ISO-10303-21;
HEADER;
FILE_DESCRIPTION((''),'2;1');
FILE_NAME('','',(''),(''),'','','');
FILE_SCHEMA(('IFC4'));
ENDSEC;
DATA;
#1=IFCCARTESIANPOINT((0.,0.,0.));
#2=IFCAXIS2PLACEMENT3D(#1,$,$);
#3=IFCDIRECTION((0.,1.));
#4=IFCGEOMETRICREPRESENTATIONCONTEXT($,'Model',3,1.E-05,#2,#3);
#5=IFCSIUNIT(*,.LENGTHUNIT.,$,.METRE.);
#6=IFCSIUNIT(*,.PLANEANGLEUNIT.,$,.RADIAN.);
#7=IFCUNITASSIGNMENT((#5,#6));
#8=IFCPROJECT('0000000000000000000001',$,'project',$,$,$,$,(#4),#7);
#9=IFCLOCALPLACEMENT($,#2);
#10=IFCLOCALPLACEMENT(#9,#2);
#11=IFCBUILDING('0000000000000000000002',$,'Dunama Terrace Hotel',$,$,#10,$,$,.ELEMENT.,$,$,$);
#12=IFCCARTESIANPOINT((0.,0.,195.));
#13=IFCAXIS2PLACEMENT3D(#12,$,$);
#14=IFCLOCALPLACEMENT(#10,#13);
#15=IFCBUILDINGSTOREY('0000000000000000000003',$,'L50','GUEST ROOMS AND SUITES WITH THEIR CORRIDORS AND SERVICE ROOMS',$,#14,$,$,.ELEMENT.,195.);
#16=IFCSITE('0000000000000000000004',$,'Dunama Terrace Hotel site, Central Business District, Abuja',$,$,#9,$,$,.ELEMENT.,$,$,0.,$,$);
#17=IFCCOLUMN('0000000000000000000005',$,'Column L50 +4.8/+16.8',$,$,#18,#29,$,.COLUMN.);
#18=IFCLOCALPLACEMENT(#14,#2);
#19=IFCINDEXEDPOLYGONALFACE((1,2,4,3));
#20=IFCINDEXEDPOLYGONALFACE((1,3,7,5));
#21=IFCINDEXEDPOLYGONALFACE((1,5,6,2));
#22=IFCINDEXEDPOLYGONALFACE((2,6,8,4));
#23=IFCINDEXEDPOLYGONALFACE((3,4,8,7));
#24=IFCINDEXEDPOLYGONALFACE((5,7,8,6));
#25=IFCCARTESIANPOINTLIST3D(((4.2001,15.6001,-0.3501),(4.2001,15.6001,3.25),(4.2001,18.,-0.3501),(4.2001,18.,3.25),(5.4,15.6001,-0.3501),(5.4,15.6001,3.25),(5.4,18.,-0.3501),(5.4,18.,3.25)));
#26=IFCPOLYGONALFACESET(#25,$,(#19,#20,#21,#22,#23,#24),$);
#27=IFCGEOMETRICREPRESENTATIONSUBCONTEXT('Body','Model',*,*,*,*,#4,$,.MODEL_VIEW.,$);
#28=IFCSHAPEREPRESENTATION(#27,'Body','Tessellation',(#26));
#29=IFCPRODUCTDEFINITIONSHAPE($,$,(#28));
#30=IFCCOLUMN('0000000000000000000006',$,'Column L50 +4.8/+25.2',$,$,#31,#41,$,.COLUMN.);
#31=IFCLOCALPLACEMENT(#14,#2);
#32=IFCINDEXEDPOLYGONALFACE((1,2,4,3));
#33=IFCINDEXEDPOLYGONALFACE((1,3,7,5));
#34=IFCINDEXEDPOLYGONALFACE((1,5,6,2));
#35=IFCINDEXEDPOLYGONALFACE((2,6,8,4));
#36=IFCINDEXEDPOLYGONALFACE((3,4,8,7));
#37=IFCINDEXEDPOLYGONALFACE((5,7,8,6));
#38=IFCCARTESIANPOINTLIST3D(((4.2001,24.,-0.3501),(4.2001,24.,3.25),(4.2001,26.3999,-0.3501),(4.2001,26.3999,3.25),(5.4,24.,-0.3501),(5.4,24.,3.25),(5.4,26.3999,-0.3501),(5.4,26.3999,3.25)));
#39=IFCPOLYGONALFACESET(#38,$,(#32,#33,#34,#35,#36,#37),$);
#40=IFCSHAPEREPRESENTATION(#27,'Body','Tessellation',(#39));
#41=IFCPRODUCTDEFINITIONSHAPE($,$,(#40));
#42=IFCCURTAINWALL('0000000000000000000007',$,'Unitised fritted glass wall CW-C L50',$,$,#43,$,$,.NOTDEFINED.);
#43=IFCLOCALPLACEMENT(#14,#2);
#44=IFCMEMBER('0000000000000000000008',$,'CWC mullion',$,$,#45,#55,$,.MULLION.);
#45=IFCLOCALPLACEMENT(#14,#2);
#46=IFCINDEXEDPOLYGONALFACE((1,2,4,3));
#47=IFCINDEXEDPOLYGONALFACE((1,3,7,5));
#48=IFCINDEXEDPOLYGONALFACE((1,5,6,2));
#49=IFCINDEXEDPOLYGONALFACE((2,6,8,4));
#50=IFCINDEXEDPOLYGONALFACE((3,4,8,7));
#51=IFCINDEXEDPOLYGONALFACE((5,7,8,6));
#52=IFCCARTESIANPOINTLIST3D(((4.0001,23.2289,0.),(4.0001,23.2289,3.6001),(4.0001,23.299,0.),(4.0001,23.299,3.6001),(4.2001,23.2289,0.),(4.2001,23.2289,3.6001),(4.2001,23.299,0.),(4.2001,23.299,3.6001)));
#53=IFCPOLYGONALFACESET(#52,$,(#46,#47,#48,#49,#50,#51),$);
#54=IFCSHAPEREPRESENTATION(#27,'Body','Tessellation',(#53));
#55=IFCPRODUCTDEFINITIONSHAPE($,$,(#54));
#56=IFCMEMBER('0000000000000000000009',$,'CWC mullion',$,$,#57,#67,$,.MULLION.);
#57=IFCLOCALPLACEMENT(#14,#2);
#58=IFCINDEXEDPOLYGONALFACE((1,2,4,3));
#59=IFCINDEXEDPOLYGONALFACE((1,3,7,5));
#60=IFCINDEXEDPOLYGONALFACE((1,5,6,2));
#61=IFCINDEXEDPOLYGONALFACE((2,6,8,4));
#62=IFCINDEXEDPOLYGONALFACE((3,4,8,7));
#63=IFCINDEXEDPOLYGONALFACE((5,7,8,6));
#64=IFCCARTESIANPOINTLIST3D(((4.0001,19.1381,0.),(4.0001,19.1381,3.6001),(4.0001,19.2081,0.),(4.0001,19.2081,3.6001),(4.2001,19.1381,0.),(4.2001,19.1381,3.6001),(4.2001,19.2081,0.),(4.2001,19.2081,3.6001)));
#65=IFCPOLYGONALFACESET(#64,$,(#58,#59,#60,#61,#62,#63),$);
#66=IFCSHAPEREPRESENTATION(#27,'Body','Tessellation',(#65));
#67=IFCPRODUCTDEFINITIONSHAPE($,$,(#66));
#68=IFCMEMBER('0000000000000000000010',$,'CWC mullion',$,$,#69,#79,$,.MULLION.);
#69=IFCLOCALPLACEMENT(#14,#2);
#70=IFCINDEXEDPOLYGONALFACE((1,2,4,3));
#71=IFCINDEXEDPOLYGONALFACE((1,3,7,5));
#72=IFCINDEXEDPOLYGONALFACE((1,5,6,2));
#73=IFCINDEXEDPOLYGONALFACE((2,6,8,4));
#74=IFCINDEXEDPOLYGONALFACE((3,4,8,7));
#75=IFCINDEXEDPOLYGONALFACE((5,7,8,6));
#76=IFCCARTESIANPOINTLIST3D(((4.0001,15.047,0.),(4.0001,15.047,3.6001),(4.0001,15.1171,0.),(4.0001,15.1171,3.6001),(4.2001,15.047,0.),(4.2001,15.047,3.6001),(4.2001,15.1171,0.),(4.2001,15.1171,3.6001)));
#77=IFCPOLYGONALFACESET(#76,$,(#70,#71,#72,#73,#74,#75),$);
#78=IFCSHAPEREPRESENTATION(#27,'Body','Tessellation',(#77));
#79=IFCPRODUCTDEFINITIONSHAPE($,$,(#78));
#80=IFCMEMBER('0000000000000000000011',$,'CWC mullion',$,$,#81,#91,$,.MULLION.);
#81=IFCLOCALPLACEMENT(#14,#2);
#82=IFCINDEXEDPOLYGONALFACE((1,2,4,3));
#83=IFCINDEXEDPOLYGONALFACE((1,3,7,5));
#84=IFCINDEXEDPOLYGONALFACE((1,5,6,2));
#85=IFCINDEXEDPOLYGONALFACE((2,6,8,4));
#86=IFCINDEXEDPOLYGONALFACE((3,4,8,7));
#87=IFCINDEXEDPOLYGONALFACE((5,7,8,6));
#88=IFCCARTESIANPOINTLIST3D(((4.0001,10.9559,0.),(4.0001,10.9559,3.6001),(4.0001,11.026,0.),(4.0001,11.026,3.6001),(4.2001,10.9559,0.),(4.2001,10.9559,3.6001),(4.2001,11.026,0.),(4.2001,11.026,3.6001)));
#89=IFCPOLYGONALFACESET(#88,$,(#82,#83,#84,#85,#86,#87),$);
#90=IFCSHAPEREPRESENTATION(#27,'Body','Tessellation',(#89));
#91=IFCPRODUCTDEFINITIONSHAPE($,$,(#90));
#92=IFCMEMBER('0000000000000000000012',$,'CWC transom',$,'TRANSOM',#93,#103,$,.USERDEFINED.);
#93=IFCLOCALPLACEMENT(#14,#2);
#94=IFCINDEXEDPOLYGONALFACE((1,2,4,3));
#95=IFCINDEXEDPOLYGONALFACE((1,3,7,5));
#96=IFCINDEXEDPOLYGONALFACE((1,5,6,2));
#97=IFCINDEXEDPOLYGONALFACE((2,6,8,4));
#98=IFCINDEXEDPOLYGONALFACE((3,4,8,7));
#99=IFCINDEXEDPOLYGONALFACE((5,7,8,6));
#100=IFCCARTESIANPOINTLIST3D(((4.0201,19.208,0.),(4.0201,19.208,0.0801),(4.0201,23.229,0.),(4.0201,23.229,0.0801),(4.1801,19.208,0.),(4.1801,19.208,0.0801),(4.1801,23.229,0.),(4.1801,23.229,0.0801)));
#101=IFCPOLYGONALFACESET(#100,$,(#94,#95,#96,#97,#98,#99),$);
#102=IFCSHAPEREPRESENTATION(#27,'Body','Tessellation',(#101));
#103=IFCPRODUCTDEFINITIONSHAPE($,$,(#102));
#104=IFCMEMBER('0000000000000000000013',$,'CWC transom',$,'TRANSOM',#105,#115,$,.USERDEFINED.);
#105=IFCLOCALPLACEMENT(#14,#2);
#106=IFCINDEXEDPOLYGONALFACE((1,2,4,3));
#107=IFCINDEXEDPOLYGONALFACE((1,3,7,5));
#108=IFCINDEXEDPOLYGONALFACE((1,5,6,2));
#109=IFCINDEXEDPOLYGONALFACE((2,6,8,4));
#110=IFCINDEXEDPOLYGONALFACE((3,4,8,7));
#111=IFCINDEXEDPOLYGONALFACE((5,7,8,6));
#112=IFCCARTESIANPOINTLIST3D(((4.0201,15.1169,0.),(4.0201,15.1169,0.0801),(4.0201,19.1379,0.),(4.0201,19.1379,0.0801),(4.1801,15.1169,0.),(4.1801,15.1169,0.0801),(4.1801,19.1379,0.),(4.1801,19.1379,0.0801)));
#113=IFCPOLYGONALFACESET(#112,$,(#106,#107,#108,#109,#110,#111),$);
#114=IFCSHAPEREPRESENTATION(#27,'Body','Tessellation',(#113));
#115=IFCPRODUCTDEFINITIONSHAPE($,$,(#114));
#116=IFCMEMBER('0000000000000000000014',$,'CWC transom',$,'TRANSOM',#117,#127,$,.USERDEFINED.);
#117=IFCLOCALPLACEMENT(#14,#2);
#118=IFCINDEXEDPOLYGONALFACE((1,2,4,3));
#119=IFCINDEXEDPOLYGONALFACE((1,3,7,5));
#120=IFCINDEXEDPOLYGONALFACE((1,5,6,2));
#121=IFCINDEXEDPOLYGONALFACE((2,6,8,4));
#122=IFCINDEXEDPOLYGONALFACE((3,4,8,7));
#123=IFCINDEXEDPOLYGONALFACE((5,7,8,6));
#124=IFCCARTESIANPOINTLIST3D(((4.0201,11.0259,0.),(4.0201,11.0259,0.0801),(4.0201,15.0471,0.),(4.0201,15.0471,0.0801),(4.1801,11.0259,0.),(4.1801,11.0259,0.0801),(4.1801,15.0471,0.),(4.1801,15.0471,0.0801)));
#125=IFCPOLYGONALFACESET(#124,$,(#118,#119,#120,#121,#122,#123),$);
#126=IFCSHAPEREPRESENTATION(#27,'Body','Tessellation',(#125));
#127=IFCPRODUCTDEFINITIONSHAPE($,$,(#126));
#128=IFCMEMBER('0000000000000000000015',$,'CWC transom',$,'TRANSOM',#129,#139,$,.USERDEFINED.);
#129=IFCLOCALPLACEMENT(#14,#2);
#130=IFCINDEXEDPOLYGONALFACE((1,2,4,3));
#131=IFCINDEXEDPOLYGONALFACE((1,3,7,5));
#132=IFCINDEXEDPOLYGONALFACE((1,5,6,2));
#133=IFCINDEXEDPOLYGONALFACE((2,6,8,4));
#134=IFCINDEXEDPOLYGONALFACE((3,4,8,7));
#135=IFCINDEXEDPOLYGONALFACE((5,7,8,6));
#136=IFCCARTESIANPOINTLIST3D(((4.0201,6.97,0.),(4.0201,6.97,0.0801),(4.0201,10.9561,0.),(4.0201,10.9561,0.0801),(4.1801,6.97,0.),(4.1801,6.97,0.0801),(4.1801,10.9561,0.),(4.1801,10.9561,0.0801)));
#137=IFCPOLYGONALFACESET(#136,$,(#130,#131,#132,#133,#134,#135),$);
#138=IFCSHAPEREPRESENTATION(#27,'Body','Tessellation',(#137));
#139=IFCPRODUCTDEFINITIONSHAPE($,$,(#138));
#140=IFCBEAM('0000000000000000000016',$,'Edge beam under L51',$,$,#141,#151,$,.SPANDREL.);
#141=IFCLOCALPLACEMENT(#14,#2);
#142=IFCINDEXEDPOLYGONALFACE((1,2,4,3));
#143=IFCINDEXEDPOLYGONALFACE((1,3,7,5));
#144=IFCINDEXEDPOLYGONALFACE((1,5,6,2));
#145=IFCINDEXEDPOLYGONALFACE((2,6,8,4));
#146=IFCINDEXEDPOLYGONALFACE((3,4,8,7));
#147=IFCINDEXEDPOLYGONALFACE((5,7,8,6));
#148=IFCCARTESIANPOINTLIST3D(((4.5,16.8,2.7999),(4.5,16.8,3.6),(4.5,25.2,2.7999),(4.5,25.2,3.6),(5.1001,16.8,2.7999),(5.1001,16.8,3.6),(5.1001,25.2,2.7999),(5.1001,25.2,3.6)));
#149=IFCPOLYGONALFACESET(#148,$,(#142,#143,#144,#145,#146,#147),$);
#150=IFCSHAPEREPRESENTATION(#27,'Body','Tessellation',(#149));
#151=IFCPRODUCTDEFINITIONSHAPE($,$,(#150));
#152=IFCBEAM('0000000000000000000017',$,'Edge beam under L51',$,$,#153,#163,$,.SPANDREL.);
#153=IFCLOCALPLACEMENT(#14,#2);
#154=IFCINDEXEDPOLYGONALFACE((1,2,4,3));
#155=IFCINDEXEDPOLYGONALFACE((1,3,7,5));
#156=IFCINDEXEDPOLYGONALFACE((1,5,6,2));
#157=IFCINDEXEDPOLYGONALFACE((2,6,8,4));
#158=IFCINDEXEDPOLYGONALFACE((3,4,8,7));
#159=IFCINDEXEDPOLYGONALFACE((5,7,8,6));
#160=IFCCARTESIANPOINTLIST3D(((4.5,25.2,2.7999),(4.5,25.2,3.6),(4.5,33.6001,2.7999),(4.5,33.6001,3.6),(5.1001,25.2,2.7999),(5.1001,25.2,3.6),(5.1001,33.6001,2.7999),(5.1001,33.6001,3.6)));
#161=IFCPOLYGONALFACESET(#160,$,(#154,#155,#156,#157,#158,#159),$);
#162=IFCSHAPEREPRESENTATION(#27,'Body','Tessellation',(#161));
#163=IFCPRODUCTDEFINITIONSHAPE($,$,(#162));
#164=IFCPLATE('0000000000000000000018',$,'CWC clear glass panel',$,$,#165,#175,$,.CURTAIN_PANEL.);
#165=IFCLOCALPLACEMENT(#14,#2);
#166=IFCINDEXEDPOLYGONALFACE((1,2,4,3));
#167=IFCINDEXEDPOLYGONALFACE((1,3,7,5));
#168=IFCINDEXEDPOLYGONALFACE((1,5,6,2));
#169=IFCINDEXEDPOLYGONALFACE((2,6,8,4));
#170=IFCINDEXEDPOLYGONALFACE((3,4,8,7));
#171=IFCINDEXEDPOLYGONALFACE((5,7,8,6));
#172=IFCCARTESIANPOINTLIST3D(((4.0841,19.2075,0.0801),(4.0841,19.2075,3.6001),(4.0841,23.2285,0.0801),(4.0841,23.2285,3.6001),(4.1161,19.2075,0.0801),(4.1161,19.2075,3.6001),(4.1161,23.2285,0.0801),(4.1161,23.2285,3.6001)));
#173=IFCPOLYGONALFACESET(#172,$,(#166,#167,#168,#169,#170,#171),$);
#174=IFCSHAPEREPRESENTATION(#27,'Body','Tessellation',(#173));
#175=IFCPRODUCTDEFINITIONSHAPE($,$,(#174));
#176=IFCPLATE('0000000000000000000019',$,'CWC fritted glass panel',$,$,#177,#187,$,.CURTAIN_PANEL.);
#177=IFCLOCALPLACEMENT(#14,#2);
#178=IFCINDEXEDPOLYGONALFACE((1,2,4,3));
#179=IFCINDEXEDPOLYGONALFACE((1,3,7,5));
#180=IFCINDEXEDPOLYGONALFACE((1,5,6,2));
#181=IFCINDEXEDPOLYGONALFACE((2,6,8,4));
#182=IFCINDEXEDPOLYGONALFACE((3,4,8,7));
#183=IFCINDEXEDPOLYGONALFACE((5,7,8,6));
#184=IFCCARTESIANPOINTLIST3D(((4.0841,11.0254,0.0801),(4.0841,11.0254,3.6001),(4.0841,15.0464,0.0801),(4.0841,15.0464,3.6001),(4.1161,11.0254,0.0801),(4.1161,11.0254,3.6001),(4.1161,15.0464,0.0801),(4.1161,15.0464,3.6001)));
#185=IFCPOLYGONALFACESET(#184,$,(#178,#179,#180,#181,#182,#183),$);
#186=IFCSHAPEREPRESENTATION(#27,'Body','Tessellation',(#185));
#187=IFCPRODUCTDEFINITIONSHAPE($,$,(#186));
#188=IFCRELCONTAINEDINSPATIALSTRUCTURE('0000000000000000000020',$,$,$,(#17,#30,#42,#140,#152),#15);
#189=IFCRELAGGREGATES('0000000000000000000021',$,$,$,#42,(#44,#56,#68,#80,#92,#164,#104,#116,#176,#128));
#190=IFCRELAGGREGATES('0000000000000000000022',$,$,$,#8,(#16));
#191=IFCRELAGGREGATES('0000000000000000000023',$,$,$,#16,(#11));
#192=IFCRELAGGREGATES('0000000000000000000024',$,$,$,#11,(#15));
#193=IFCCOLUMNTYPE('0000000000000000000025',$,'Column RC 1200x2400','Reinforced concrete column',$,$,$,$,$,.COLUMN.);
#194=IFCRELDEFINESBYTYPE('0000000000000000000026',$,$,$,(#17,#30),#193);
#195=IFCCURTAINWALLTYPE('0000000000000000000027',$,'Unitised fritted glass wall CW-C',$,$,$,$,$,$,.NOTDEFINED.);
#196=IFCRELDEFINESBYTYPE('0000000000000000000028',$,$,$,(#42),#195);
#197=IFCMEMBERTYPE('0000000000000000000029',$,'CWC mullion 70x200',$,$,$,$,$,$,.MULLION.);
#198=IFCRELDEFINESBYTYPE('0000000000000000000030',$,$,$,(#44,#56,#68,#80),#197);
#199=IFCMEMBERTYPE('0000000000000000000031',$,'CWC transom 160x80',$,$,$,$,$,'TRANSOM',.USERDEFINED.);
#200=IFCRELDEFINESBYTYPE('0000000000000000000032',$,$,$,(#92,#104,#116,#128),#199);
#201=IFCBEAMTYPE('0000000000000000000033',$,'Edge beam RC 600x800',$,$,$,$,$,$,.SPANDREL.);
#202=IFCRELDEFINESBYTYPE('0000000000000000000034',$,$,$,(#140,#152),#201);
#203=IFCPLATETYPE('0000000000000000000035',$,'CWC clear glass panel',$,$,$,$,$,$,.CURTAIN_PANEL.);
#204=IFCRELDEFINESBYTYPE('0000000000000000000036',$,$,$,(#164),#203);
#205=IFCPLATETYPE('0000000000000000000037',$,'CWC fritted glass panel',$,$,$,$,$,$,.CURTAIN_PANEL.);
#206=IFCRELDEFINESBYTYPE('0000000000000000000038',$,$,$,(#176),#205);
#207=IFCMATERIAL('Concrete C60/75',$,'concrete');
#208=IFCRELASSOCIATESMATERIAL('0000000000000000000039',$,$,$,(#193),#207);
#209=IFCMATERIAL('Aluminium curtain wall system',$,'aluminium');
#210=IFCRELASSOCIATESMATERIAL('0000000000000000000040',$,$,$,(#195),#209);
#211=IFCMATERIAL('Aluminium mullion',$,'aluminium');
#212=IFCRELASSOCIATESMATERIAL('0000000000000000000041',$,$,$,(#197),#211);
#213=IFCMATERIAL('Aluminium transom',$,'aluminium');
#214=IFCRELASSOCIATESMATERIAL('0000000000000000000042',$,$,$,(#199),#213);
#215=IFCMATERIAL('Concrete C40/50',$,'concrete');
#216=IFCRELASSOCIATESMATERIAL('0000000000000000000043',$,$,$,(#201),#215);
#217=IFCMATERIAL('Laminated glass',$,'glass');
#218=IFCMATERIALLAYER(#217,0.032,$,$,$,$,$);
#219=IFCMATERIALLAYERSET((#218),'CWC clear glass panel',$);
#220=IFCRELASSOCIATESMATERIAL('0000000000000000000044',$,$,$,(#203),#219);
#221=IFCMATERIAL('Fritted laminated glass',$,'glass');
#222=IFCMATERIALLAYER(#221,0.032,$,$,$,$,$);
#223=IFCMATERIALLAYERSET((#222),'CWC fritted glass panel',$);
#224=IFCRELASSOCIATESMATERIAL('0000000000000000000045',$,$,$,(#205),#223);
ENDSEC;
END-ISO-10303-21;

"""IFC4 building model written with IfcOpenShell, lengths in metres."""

from ifc_helpers import new_model, si_unit, direction, frame, origin, origin_2d, place, context, subcontext, project, spatial, rectangle, extrude, material, layer, layer_set, material_profile, profile_set, type_object, element, aggregate, save


model = new_model("IFC4")

# Units and contexts
model_context = context("Model", 3, precision=1e-05, world=origin(), true_north=direction((0.0, 1.0)))
body_context = subcontext(model_context, "Body", "Model", "MODEL_VIEW")
ifc_project = project(units=[si_unit("LENGTHUNIT", "METRE"), si_unit("PLANEANGLEUNIT", "RADIAN")], contexts=[model_context])

# Site, building, storey
site_placement = place(None, origin())
site = spatial("IfcSite", under=ifc_project, at=site_placement, Name="Dunama Terrace Hotel site, Central Business District, Abuja", CompositionType="ELEMENT", RefElevation=0.0)
building_placement = place(site_placement, origin())
building = spatial("IfcBuilding", under=site, at=building_placement, Name="Dunama Terrace Hotel", CompositionType="ELEMENT")
storey_placement = place(building_placement, frame((0.0, 0.0, 195.0)))
storey = spatial("IfcBuildingStorey", under=building, at=storey_placement, Name="L50", Description="GUEST ROOMS AND SUITES WITH THEIR CORRIDORS AND SERVICE ROOMS", CompositionType="ELEMENT", Elevation=195.0)

# Columns
ifc_material_1 = material(Name="Concrete C60/75", Category="concrete")
ifc_material_profile_1 = material_profile(ifc_material_1, rectangle(XDim=1.2, YDim=2.3999, at=origin_2d()), Name="RC 1200x2400")
ifc_profile_set_1 = profile_set([ifc_material_profile_1], Name="Concrete C60/75")
column_type = type_object("IfcColumnType", Name="Column RC 1200x2400", Description="Reinforced concrete column", PredefinedType="COLUMN", material=ifc_profile_set_1)
for number, where, z_axis, x_axis, name in (
    (1, (4.8, 16.8, -0.3501), (0.0, 0.0, 1.0), (1.0, 0.0, 0.0), "Column L50 +4.8/+16.8"),
    (2, (4.8, 25.2, -0.3501), (0.0, 0.0, 1.0), (1.0, 0.0, 0.0), "Column L50 +4.8/+25.2"),
):
    element("IfcColumn", number, at=place(storey_placement, frame(where, z_axis=z_axis, x_axis=x_axis)), inside=storey, type_object=column_type, Name=name, PredefinedType="COLUMN", context=body_context, shape_type="SweptSolid", body=[
        extrude(rectangle(XDim=1.2, YDim=2.3999, at=origin_2d()), origin(), (0.0, 0.0, 1.0), 3.6001),
    ])

# Curtain wall, members
ifc_material_2 = material(Name="Aluminium curtain wall system", Category="aluminium")
curtain_wall_type = type_object("IfcCurtainWallType", Name="Unitised fritted glass wall CW-C", PredefinedType="NOTDEFINED", material=ifc_material_2)
curtain_wall_placement = place(storey_placement, origin())
curtain_wall = element("IfcCurtainWall", 3, at=curtain_wall_placement, inside=storey, type_object=curtain_wall_type, Name="Unitised fritted glass wall CW-C L50", PredefinedType="NOTDEFINED")
ifc_material_3 = material(Name="Aluminium mullion", Category="aluminium")
ifc_material_profile_2 = material_profile(ifc_material_3, rectangle(XDim=0.0701, YDim=0.2, at=origin_2d()), Name="CWC MULLION 70X200")
ifc_profile_set_2 = profile_set([ifc_material_profile_2], Name="Aluminium mullion")
member_type_1 = type_object("IfcMemberType", Name="CWC mullion 70x200", PredefinedType="MULLION", material=ifc_profile_set_2)
member_1_placement = place(storey_placement, frame((4.1001, 23.2639, 0.0), z_axis=(0.0, 0.0, 1.0), x_axis=(0.0, -1.0, 0.0)))
member_1 = element("IfcMember", 4, at=member_1_placement, type_object=member_type_1, Name="CWC mullion", PredefinedType="MULLION", context=body_context, shape_type="SweptSolid", body=[
    extrude(rectangle(XDim=0.0701, YDim=0.2, at=origin_2d()), origin(), (0.0, 0.0, 1.0), 3.6001),
])
member_2_placement = place(storey_placement, frame((4.1001, 19.1731, 0.0), z_axis=(0.0, 0.0, 1.0), x_axis=(0.0, -1.0, 0.0)))
member_2 = element("IfcMember", 5, at=member_2_placement, type_object=member_type_1, Name="CWC mullion", PredefinedType="MULLION", context=body_context, shape_type="SweptSolid", body=[
    extrude(rectangle(XDim=0.0701, YDim=0.2, at=origin_2d()), origin(), (0.0, 0.0, 1.0), 3.6001),
])
member_3_placement = place(storey_placement, frame((4.1001, 15.082, 0.0), z_axis=(0.0, 0.0, 1.0), x_axis=(0.0, -1.0, 0.0)))
member_3 = element("IfcMember", 6, at=member_3_placement, type_object=member_type_1, Name="CWC mullion", PredefinedType="MULLION", context=body_context, shape_type="SweptSolid", body=[
    extrude(rectangle(XDim=0.0701, YDim=0.2, at=origin_2d()), origin(), (0.0, 0.0, 1.0), 3.6001),
])
member_4_placement = place(storey_placement, frame((4.1001, 10.991, 0.0), z_axis=(0.0, 0.0, 1.0), x_axis=(0.0, -1.0, 0.0)))
member_4 = element("IfcMember", 7, at=member_4_placement, type_object=member_type_1, Name="CWC mullion", PredefinedType="MULLION", context=body_context, shape_type="SweptSolid", body=[
    extrude(rectangle(XDim=0.0701, YDim=0.2, at=origin_2d()), origin(), (0.0, 0.0, 1.0), 3.6001),
])
ifc_material_4 = material(Name="Aluminium transom", Category="aluminium")
ifc_material_profile_3 = material_profile(ifc_material_4, rectangle(XDim=0.1599, YDim=0.0801, at=origin_2d()), Name="CWC TRANSOM 160X80")
ifc_profile_set_3 = profile_set([ifc_material_profile_3], Name="Aluminium transom")
member_type_2 = type_object("IfcMemberType", Name="CWC transom 160x80", ElementType="TRANSOM", PredefinedType="USERDEFINED", material=ifc_profile_set_3)
member_5_placement = place(storey_placement, frame((4.1001, 23.229, 0.04), z_axis=(0.0, -1.0, 0.0), x_axis=(1.0, 0.0, 0.0)))
member_5 = element("IfcMember", 8, at=member_5_placement, type_object=member_type_2, Name="CWC transom", ObjectType="TRANSOM", PredefinedType="USERDEFINED", context=body_context, shape_type="SweptSolid", body=[
    extrude(rectangle(XDim=0.1599, YDim=0.0801, at=origin_2d()), origin(), (0.0, 0.0, 1.0), 4.021),
])
member_6_placement = place(storey_placement, frame((4.1001, 19.1379, 0.04), z_axis=(0.0, -1.0, 0.0), x_axis=(1.0, 0.0, 0.0)))
member_6 = element("IfcMember", 9, at=member_6_placement, type_object=member_type_2, Name="CWC transom", ObjectType="TRANSOM", PredefinedType="USERDEFINED", context=body_context, shape_type="SweptSolid", body=[
    extrude(rectangle(XDim=0.1599, YDim=0.0801, at=origin_2d()), origin(), (0.0, 0.0, 1.0), 4.021),
])
member_7_placement = place(storey_placement, frame((4.1001, 15.0471, 0.04), z_axis=(0.0, -1.0, 0.0), x_axis=(1.0, 0.0, 0.0)))
member_7 = element("IfcMember", 10, at=member_7_placement, type_object=member_type_2, Name="CWC transom", ObjectType="TRANSOM", PredefinedType="USERDEFINED", context=body_context, shape_type="SweptSolid", body=[
    extrude(rectangle(XDim=0.1599, YDim=0.0801, at=origin_2d()), origin(), (0.0, 0.0, 1.0), 4.0212),
])
member_8_placement = place(storey_placement, frame((4.1001, 10.9561, 0.04), z_axis=(0.0, -1.0, 0.0), x_axis=(1.0, 0.0, 0.0)))
member_8 = element("IfcMember", 11, at=member_8_placement, type_object=member_type_2, Name="CWC transom", ObjectType="TRANSOM", PredefinedType="USERDEFINED", context=body_context, shape_type="SweptSolid", body=[
    extrude(rectangle(XDim=0.1599, YDim=0.0801, at=origin_2d()), origin(), (0.0, 0.0, 1.0), 3.9861),
])

# Beams
ifc_material_5 = material(Name="Concrete C40/50", Category="concrete")
ifc_material_profile_4 = material_profile(ifc_material_5, rectangle(XDim=0.6001, YDim=0.8, at=origin_2d()), Name="RC 600x800")
ifc_profile_set_4 = profile_set([ifc_material_profile_4], Name="Concrete C40/50")
beam_type = type_object("IfcBeamType", Name="Edge beam RC 600x800", PredefinedType="SPANDREL", material=ifc_profile_set_4)
beam_1_placement = place(storey_placement, frame((4.8, 16.8, 3.2), z_axis=(0.0, 1.0, 0.0), x_axis=(-1.0, 0.0, 0.0)))
element("IfcBeam", 12, at=beam_1_placement, inside=storey, type_object=beam_type, Name="Edge beam under L51", PredefinedType="SPANDREL", context=body_context, shape_type="SweptSolid", body=[
    extrude(rectangle(XDim=0.6001, YDim=0.8, at=origin_2d()), origin(), (0.0, 0.0, 1.0), 8.3999),
])
beam_2_placement = place(storey_placement, frame((4.8, 25.2, 3.2), z_axis=(0.0, 1.0, 0.0), x_axis=(-1.0, 0.0, 0.0)))
element("IfcBeam", 13, at=beam_2_placement, inside=storey, type_object=beam_type, Name="Edge beam under L51", PredefinedType="SPANDREL", context=body_context, shape_type="SweptSolid", body=[
    extrude(rectangle(XDim=0.6001, YDim=0.8, at=origin_2d()), origin(), (0.0, 0.0, 1.0), 8.4001),
])

# Plates
ifc_material_6 = material(Name="Laminated glass", Category="glass")
ifc_layer_1 = layer(ifc_material_6, 0.032)
ifc_layer_set_1 = layer_set([ifc_layer_1], Name="CWC clear glass panel")
plate_type_1 = type_object("IfcPlateType", Name="CWC clear glass panel", PredefinedType="CURTAIN_PANEL", material=ifc_layer_set_1)
plate_1_placement = place(storey_placement, frame((4.1001, 21.218, 0.0801), z_axis=(0.0, 0.0, 1.0), x_axis=(0.0, -1.0, 0.0)))
plate_1 = element("IfcPlate", 14, at=plate_1_placement, type_object=plate_type_1, Name="CWC clear glass panel", PredefinedType="CURTAIN_PANEL", context=body_context, shape_type="SweptSolid", body=[
    extrude(rectangle(XDim=4.021, YDim=0.032, at=origin_2d()), origin(), (0.0, 0.0, 1.0), 3.52),
])
ifc_material_7 = material(Name="Fritted laminated glass", Category="glass")
ifc_layer_2 = layer(ifc_material_7, 0.032)
ifc_layer_set_2 = layer_set([ifc_layer_2], Name="CWC fritted glass panel")
plate_type_2 = type_object("IfcPlateType", Name="CWC fritted glass panel", PredefinedType="CURTAIN_PANEL", material=ifc_layer_set_2)
plate_2_placement = place(storey_placement, frame((4.1001, 13.0359, 0.0801), z_axis=(0.0, 0.0, 1.0), x_axis=(0.0, -1.0, 0.0)))
plate_2 = element("IfcPlate", 15, at=plate_2_placement, type_object=plate_type_2, Name="CWC fritted glass panel", PredefinedType="CURTAIN_PANEL", context=body_context, shape_type="SweptSolid", body=[
    extrude(rectangle(XDim=4.021, YDim=0.032, at=origin_2d()), origin(), (0.0, 0.0, 1.0), 3.52),
])
aggregate(curtain_wall, [member_1, member_2, member_3, member_4, member_5, plate_1, member_6, member_7, plate_2, member_8])

save(model, "model.ifc")
